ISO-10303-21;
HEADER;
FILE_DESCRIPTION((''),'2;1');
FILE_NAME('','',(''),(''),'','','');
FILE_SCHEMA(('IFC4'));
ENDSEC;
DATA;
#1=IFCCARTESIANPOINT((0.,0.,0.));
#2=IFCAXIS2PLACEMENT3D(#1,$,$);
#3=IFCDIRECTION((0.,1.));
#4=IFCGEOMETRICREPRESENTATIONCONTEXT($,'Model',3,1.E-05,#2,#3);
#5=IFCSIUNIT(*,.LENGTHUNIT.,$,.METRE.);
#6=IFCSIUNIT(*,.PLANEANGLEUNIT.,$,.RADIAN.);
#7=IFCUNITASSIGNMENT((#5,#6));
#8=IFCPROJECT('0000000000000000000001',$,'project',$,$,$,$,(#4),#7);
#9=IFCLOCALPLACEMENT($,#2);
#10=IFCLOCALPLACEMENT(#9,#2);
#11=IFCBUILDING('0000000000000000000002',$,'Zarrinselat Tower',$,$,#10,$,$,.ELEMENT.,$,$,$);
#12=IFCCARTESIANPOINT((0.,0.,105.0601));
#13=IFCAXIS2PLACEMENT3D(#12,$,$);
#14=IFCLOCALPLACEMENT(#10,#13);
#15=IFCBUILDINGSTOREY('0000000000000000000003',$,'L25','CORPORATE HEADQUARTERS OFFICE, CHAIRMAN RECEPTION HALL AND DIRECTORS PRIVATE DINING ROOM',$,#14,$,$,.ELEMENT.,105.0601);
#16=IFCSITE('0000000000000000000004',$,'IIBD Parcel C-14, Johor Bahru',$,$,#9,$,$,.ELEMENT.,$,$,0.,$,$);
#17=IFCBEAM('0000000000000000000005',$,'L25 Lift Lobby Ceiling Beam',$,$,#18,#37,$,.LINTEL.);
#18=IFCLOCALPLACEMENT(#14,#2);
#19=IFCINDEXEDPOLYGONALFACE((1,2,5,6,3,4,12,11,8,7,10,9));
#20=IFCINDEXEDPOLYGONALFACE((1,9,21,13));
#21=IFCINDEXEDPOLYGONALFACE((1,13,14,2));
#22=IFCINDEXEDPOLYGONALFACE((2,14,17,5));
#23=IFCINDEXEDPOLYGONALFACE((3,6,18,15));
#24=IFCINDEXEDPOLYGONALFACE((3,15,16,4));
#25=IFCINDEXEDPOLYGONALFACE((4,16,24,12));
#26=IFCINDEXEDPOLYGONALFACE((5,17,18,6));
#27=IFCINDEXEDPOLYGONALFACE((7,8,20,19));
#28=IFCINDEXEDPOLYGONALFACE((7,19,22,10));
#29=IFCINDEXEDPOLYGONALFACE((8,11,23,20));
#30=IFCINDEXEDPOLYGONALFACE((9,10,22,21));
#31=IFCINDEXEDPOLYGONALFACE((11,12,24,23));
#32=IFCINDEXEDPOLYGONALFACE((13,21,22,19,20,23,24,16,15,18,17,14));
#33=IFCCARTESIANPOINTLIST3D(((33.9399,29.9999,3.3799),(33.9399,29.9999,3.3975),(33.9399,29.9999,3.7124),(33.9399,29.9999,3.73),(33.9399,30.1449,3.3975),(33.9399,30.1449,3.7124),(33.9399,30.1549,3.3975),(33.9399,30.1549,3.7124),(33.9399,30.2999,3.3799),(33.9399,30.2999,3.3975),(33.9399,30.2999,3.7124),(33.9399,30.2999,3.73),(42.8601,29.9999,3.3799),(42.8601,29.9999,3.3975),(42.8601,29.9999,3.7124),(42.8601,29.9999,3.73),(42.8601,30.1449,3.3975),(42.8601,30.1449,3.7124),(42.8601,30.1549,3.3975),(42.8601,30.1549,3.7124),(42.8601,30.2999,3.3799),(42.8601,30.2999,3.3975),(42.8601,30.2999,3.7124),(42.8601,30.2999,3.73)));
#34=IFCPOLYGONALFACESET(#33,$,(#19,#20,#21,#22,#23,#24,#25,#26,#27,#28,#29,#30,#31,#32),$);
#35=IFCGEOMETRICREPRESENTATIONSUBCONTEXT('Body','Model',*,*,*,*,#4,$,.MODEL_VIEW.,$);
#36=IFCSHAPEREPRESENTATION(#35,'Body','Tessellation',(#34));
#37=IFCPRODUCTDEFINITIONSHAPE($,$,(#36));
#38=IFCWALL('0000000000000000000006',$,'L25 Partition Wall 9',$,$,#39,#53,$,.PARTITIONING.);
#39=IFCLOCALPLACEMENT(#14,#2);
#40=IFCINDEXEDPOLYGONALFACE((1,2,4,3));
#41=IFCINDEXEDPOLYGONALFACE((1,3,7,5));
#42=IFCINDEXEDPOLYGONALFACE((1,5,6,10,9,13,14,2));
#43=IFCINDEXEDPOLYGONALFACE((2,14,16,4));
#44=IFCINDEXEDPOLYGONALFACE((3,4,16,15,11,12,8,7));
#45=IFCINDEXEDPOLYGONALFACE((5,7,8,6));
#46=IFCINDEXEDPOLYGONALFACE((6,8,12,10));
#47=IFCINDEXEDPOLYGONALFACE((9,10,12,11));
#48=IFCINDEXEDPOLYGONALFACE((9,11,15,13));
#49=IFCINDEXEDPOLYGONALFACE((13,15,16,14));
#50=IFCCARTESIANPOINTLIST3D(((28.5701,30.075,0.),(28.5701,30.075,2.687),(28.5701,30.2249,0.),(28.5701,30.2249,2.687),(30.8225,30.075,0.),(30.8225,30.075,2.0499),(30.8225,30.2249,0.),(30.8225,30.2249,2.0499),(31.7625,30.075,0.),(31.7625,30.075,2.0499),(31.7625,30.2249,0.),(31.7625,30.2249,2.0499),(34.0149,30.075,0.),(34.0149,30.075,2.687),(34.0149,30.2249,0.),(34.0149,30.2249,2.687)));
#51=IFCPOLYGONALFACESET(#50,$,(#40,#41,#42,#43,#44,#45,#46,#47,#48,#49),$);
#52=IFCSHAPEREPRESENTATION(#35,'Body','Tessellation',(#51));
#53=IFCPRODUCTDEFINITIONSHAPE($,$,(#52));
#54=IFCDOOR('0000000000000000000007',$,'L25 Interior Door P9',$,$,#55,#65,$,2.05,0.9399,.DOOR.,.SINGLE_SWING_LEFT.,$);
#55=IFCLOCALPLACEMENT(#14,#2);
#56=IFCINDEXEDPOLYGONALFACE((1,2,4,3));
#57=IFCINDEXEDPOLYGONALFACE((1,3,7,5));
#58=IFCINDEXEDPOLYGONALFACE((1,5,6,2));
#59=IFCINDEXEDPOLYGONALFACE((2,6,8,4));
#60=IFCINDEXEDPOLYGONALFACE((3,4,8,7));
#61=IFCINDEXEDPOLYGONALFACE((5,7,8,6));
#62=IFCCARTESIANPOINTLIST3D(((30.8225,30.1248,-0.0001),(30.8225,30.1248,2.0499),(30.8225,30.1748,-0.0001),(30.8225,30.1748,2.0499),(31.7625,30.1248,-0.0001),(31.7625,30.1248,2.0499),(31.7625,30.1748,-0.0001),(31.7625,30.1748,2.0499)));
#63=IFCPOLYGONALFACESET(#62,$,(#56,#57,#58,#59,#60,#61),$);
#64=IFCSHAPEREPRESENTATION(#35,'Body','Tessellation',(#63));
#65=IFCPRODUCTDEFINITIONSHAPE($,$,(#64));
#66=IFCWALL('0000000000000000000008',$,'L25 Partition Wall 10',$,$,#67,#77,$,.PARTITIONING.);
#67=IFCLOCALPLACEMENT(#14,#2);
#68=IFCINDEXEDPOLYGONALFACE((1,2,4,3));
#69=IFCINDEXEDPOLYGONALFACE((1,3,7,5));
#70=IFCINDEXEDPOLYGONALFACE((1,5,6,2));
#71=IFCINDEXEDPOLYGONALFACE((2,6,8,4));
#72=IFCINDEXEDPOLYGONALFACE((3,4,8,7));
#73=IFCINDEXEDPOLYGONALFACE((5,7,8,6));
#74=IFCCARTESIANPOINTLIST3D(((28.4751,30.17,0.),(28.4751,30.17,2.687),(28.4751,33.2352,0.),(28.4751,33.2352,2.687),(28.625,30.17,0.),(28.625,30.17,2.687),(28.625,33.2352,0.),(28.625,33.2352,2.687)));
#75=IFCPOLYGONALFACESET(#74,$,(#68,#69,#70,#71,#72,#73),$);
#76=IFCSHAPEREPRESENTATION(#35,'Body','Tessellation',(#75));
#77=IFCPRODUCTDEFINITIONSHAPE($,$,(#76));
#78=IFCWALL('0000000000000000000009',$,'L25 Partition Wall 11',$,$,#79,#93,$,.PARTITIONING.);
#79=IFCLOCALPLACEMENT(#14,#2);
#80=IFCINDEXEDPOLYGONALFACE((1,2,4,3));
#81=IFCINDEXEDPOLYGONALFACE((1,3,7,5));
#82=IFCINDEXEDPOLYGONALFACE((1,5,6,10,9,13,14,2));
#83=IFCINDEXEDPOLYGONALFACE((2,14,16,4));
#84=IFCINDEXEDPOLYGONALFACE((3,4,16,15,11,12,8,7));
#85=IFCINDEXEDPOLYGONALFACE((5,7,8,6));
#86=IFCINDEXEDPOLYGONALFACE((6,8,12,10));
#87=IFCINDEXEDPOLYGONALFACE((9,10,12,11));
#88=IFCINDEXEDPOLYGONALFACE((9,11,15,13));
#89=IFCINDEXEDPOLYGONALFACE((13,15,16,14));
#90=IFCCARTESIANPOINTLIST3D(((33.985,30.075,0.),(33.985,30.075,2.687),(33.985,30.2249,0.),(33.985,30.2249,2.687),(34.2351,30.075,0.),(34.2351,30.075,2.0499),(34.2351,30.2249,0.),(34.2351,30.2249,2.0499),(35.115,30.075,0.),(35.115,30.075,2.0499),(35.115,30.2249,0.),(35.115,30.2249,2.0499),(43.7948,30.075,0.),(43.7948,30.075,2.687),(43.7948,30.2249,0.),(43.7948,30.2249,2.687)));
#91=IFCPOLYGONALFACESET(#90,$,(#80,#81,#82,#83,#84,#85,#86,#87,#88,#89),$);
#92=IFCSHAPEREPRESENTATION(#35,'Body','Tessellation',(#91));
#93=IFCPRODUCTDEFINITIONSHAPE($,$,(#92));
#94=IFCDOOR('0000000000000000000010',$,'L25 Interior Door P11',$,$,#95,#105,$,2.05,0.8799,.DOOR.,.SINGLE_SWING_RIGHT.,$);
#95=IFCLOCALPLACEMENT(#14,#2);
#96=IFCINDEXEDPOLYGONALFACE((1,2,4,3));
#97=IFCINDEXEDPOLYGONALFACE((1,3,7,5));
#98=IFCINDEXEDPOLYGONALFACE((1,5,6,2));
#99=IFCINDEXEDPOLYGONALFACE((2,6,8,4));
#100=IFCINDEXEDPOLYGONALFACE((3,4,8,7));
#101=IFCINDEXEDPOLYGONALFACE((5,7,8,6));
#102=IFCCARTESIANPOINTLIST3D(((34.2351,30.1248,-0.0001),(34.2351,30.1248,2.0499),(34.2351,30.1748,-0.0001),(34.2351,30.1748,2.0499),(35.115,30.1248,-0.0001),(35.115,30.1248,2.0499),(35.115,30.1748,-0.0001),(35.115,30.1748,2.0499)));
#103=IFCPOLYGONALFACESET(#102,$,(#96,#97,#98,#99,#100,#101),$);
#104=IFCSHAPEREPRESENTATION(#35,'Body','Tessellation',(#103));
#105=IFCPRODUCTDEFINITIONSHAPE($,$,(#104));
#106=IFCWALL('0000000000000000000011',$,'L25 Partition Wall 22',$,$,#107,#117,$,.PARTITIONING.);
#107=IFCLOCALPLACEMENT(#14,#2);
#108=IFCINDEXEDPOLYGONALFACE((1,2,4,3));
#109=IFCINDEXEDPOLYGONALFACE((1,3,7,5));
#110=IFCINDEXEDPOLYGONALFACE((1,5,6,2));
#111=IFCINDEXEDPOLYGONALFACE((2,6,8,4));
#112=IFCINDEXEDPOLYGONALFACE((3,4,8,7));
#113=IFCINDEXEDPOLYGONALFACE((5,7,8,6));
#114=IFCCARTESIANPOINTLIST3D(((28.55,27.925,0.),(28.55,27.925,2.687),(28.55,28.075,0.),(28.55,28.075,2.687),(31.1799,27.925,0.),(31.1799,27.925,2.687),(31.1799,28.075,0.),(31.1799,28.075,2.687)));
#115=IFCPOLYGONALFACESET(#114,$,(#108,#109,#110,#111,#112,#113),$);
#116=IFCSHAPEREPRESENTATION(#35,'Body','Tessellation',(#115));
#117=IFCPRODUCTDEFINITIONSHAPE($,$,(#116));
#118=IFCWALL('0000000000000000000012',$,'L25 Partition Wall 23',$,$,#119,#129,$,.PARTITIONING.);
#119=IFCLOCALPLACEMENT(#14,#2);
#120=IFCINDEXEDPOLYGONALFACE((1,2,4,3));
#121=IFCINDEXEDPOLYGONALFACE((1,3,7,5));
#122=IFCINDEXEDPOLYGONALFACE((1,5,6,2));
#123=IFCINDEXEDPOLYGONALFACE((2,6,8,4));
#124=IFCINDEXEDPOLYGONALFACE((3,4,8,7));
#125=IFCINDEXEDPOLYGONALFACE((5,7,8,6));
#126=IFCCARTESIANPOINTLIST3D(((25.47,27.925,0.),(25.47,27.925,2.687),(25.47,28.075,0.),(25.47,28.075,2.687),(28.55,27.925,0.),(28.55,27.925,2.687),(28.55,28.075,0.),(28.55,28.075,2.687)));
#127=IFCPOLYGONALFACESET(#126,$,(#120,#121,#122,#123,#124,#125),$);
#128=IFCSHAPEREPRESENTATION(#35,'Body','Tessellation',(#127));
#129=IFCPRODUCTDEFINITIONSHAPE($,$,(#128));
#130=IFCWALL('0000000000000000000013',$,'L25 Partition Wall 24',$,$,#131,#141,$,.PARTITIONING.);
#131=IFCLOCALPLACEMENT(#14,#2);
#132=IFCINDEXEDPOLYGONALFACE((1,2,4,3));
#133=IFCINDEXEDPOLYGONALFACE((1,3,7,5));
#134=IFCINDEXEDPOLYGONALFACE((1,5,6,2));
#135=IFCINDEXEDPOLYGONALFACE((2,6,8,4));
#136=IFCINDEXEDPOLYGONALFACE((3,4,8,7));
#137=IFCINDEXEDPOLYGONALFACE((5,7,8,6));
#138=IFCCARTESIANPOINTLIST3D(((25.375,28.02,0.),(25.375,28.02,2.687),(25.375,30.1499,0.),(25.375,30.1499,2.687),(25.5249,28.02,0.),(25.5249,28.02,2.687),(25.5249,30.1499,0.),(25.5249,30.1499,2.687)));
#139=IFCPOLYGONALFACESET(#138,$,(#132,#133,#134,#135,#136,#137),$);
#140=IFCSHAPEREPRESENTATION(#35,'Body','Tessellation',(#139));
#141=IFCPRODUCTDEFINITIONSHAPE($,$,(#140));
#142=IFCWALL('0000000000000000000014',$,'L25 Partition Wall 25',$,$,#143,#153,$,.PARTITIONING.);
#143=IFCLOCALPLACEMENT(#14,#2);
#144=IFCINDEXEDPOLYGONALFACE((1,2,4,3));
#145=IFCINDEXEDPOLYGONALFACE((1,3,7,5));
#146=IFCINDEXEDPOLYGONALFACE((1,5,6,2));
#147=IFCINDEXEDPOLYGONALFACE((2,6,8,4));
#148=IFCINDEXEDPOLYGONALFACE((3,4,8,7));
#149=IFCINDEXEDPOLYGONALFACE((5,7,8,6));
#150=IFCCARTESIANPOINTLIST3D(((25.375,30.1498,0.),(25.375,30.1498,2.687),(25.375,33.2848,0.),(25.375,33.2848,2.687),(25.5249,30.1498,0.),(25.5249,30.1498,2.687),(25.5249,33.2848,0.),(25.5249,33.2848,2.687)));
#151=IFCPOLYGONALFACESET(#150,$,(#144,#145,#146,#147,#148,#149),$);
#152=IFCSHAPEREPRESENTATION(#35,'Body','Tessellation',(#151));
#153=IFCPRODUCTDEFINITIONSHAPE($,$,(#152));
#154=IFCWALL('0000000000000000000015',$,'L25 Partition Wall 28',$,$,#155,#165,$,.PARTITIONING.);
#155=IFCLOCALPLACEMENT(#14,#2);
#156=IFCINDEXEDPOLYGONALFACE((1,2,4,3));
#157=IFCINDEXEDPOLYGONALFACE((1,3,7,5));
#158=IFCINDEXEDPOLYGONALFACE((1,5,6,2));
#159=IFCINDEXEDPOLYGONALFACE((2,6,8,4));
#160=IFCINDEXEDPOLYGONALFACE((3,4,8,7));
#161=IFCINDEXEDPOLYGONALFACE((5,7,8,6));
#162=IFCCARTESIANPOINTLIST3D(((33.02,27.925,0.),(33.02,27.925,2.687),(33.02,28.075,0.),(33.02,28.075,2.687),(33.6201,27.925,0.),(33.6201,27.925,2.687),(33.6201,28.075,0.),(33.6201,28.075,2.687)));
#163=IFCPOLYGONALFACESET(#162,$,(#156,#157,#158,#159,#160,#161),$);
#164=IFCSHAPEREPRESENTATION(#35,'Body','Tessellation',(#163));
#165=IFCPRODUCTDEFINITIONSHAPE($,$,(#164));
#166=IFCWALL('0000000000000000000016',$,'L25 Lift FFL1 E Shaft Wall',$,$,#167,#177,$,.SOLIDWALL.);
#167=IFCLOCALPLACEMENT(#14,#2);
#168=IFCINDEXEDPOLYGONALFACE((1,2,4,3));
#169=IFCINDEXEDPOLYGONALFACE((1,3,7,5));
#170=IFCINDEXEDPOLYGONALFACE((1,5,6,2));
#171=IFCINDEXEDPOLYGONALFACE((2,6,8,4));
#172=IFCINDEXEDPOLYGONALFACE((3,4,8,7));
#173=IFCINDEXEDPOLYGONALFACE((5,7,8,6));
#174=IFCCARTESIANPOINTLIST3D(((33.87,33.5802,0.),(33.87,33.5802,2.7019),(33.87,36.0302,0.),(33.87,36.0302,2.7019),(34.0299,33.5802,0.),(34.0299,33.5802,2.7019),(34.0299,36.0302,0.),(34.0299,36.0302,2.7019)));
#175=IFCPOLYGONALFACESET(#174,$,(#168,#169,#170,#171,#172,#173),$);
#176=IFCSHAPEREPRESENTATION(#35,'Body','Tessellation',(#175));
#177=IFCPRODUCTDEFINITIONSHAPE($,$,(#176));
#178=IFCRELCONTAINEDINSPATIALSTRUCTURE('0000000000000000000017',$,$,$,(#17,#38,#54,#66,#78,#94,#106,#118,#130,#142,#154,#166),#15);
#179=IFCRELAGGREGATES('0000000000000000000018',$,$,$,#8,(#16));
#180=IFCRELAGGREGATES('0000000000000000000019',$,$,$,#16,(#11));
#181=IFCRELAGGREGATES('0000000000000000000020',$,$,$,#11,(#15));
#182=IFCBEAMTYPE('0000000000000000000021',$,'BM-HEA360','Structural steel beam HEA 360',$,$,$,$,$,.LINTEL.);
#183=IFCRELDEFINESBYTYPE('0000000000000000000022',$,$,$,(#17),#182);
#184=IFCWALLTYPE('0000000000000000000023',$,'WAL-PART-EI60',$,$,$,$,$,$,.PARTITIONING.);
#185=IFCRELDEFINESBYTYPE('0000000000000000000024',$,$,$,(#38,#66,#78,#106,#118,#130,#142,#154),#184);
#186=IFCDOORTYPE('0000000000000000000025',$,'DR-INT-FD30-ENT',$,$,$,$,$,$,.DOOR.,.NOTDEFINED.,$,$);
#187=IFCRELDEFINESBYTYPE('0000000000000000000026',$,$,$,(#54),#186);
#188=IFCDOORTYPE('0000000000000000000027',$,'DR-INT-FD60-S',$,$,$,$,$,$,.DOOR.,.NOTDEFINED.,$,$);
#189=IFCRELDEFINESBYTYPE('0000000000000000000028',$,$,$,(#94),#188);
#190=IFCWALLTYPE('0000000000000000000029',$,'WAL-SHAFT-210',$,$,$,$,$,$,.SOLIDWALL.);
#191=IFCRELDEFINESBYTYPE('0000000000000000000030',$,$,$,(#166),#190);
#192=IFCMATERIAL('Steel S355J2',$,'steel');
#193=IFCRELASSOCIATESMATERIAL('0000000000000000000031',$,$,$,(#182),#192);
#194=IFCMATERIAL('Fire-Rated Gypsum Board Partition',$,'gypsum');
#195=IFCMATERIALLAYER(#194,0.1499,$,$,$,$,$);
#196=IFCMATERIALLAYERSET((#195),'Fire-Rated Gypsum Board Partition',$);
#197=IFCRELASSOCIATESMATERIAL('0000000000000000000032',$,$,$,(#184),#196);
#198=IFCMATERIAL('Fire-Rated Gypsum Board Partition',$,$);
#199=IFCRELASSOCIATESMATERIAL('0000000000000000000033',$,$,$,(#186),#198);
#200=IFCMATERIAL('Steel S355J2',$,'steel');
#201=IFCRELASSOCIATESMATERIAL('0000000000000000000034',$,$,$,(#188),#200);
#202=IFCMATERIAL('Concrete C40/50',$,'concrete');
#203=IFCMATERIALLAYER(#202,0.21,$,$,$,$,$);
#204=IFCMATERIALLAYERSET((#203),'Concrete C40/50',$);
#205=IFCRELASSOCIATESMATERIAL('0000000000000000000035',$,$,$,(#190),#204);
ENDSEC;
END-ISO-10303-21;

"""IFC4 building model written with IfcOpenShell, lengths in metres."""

from ifc_helpers import new_model, si_unit, direction, frame, frame_2d, origin, origin_2d, place, context, subcontext, project, spatial, rectangle, i_section, extrude, material, layer, layer_set, material_profile, profile_set, type_object, element, fill, save


model = new_model("IFC4")

# Units and contexts
model_context = context("Model", 3, precision=1e-05, world=origin(), true_north=direction((0.0, 1.0)))
body_context = subcontext(model_context, "Body", "Model", "MODEL_VIEW")
ifc_project = project(units=[si_unit("LENGTHUNIT", "METRE"), si_unit("PLANEANGLEUNIT", "RADIAN")], contexts=[model_context])

# Site, building, storey
site_placement = place(None, origin())
site = spatial("IfcSite", under=ifc_project, at=site_placement, Name="IIBD Parcel C-14, Johor Bahru", CompositionType="ELEMENT", RefElevation=0.0)
building_placement = place(site_placement, origin())
building = spatial("IfcBuilding", under=site, at=building_placement, Name="Zarrinselat Tower", CompositionType="ELEMENT")
storey_placement = place(building_placement, frame((0.0, 0.0, 105.0601)))
storey = spatial("IfcBuildingStorey", under=building, at=storey_placement, Name="L25", Description="CORPORATE HEADQUARTERS OFFICE, CHAIRMAN RECEPTION HALL AND DIRECTORS PRIVATE DINING ROOM", CompositionType="ELEMENT", Elevation=105.0601)

# Beam
ifc_material_1 = material(Name="Steel S355J2", Category="steel")
ifc_material_profile = material_profile(ifc_material_1, i_section(OverallWidth=0.3, OverallDepth=0.3501, WebThickness=0.01, FlangeThickness=0.0176, at=origin_2d()), Name="HEA 360")
ifc_profile_set = profile_set([ifc_material_profile], Name="Steel S355J2")
beam_type = type_object("IfcBeamType", Name="BM-HEA360", Description="Structural steel beam HEA 360", PredefinedType="LINTEL", material=ifc_profile_set)
beam_placement = place(storey_placement, frame((33.9399, 30.1499, 3.5549), z_axis=(1.0, 0.0, 0.0), x_axis=(0.0, 1.0, 0.0)))
element("IfcBeam", 1, at=beam_placement, inside=storey, type_object=beam_type, Name="L25 Lift Lobby Ceiling Beam", PredefinedType="LINTEL", context=body_context, shape_type="SweptSolid", body=[
    extrude(i_section(OverallWidth=0.3, OverallDepth=0.3501, WebThickness=0.01, FlangeThickness=0.0176, at=origin_2d()), origin(), (0.0, 0.0, 1.0), 8.9202),
])

# Wall, opening, door
ifc_material_2 = material(Name="Fire-Rated Gypsum Board Partition", Category="gypsum")
ifc_layer_1 = layer(ifc_material_2, 0.1499)
ifc_layer_set_1 = layer_set([ifc_layer_1], Name="Fire-Rated Gypsum Board Partition")
wall_type_1 = type_object("IfcWallType", Name="WAL-PART-EI60", PredefinedType="PARTITIONING", material=ifc_layer_set_1)
wall_1_placement = place(storey_placement, frame((28.5701, 30.1499, 0.0), z_axis=(0.0, 0.0, 1.0), x_axis=(1.0, 0.0, 0.0)))
wall_1 = element("IfcWall", 2, at=wall_1_placement, inside=storey, type_object=wall_type_1, Name="L25 Partition Wall 9", PredefinedType="PARTITIONING", context=body_context, shape_type="SweptSolid", body=[
    extrude(rectangle(XDim=5.4448, YDim=0.1499, at=frame_2d((2.7224, 0.0))), origin(), (0.0, 0.0, 1.0), 2.687),
])
opening_1_placement = place(wall_1_placement, frame((2.2524, 0.0, 0.0)))
opening_1 = element("IfcOpeningElement", 3, at=opening_1_placement, cuts=wall_1, PredefinedType="OPENING", context=body_context, shape_type="SweptSolid", body=[
    extrude(rectangle(XDim=0.9399, YDim=2.05, at=frame_2d((0.47, 1.0249))), frame((0.0, 0.085, 0.0), z_axis=(0.0, -1.0, 0.0), x_axis=(1.0, 0.0, 0.0)), (0.0, 0.0, 1.0), 0.1699),
])
ifc_material_3 = material(Name="Fire-Rated Gypsum Board Partition")
door_type_1 = type_object("IfcDoorType", Name="DR-INT-FD30-ENT", OperationType="NOTDEFINED", PredefinedType="DOOR", material=ifc_material_3)
door_1_placement = place(opening_1_placement, origin())
door_1 = element("IfcDoor", 4, at=door_1_placement, inside=storey, type_object=door_type_1, Name="L25 Interior Door P9", OperationType="SINGLE_SWING_LEFT", OverallHeight=2.05, OverallWidth=0.9399, PredefinedType="DOOR", context=body_context, shape_type="SweptSolid", body=[
    extrude(rectangle(XDim=0.9399, YDim=2.05, at=frame_2d((0.47, 1.0249))), frame((0.0, 0.0249, 0.0), z_axis=(0.0, -1.0, 0.0), x_axis=(1.0, 0.0, 0.0)), (0.0, 0.0, 1.0), 0.05),
])
fill(opening_1, door_1)

# Wall
wall_2_placement = place(storey_placement, frame((28.55, 30.1699, 0.0), z_axis=(0.0, 0.0, 1.0), x_axis=(0.0, 1.0, 0.0)))
element("IfcWall", 5, at=wall_2_placement, inside=storey, type_object=wall_type_1, Name="L25 Partition Wall 10", PredefinedType="PARTITIONING", context=body_context, shape_type="SweptSolid", body=[
    extrude(rectangle(XDim=3.0652, YDim=0.1499, at=frame_2d((1.5327, 0.0))), origin(), (0.0, 0.0, 1.0), 2.687),
])

# Wall, opening, door
wall_3_placement = place(storey_placement, frame((33.9851, 30.1499, 0.0), z_axis=(0.0, 0.0, 1.0), x_axis=(1.0, 0.0, 0.0)))
wall_3 = element("IfcWall", 6, at=wall_3_placement, inside=storey, type_object=wall_type_1, Name="L25 Partition Wall 11", PredefinedType="PARTITIONING", context=body_context, shape_type="SweptSolid", body=[
    extrude(rectangle(XDim=9.8098, YDim=0.1499, at=frame_2d((4.9048, 0.0))), origin(), (0.0, 0.0, 1.0), 2.687),
])
opening_2_placement = place(wall_3_placement, frame((0.25, 0.0, 0.0)))
opening_2 = element("IfcOpeningElement", 7, at=opening_2_placement, cuts=wall_3, PredefinedType="OPENING", context=body_context, shape_type="SweptSolid", body=[
    extrude(rectangle(XDim=0.8799, YDim=2.05, at=frame_2d((0.4399, 1.0249))), frame((0.0, 0.085, 0.0), z_axis=(0.0, -1.0, 0.0), x_axis=(1.0, 0.0, 0.0)), (0.0, 0.0, 1.0), 0.1699),
])
ifc_material_4 = material(Name="Steel S355J2", Category="steel")
door_type_2 = type_object("IfcDoorType", Name="DR-INT-FD60-S", OperationType="NOTDEFINED", PredefinedType="DOOR", material=ifc_material_4)
door_2_placement = place(opening_2_placement, origin())
door_2 = element("IfcDoor", 8, at=door_2_placement, inside=storey, type_object=door_type_2, Name="L25 Interior Door P11", OperationType="SINGLE_SWING_RIGHT", OverallHeight=2.05, OverallWidth=0.8799, PredefinedType="DOOR", context=body_context, shape_type="SweptSolid", body=[
    extrude(rectangle(XDim=0.8799, YDim=2.05, at=frame_2d((0.4399, 1.0249))), frame((0.0, 0.0249, 0.0), z_axis=(0.0, -1.0, 0.0), x_axis=(1.0, 0.0, 0.0)), (0.0, 0.0, 1.0), 0.05),
])
fill(opening_2, door_2)

# Walls
wall_4_placement = place(storey_placement, frame((28.55, 28.0, 0.0), z_axis=(0.0, 0.0, 1.0), x_axis=(1.0, 0.0, 0.0)))
element("IfcWall", 9, at=wall_4_placement, inside=storey, type_object=wall_type_1, Name="L25 Partition Wall 22", PredefinedType="PARTITIONING", context=body_context, shape_type="SweptSolid", body=[
    extrude(rectangle(XDim=2.6299, YDim=0.1499, at=frame_2d((1.3149, 0.0))), origin(), (0.0, 0.0, 1.0), 2.687),
])
wall_5_placement = place(storey_placement, frame((25.47, 28.0, 0.0), z_axis=(0.0, 0.0, 1.0), x_axis=(1.0, 0.0, 0.0)))
element("IfcWall", 10, at=wall_5_placement, inside=storey, type_object=wall_type_1, Name="L25 Partition Wall 23", PredefinedType="PARTITIONING", context=body_context, shape_type="SweptSolid", body=[
    extrude(rectangle(XDim=3.0801, YDim=0.1499, at=frame_2d((1.54, 0.0))), origin(), (0.0, 0.0, 1.0), 2.687),
])
wall_6_placement = place(storey_placement, frame((25.45, 28.02, 0.0), z_axis=(0.0, 0.0, 1.0), x_axis=(0.0, 1.0, 0.0)))
element("IfcWall", 11, at=wall_6_placement, inside=storey, type_object=wall_type_1, Name="L25 Partition Wall 24", PredefinedType="PARTITIONING", context=body_context, shape_type="SweptSolid", body=[
    extrude(rectangle(XDim=2.1299, YDim=0.1499, at=frame_2d((1.0649, 0.0))), origin(), (0.0, 0.0, 1.0), 2.687),
])
wall_7_placement = place(storey_placement, frame((25.45, 30.1499, 0.0), z_axis=(0.0, 0.0, 1.0), x_axis=(0.0, 1.0, 0.0)))
element("IfcWall", 12, at=wall_7_placement, inside=storey, type_object=wall_type_1, Name="L25 Partition Wall 25", PredefinedType="PARTITIONING", context=body_context, shape_type="SweptSolid", body=[
    extrude(rectangle(XDim=3.135, YDim=0.1499, at=frame_2d((1.5674, 0.0))), origin(), (0.0, 0.0, 1.0), 2.687),
])
wall_8_placement = place(storey_placement, frame((33.02, 28.0, 0.0), z_axis=(0.0, 0.0, 1.0), x_axis=(1.0, 0.0, 0.0)))
element("IfcWall", 13, at=wall_8_placement, inside=storey, type_object=wall_type_1, Name="L25 Partition Wall 28", PredefinedType="PARTITIONING", context=body_context, shape_type="SweptSolid", body=[
    extrude(rectangle(XDim=0.6001, YDim=0.1499, at=frame_2d((0.3, 0.0))), origin(), (0.0, 0.0, 1.0), 2.687),
])
ifc_material_5 = material(Name="Concrete C40/50", Category="concrete")
ifc_layer_2 = layer(ifc_material_5, 0.21)
ifc_layer_set_2 = layer_set([ifc_layer_2], Name="Concrete C40/50")
wall_type_2 = type_object("IfcWallType", Name="WAL-SHAFT-210", PredefinedType="SOLIDWALL", material=ifc_layer_set_2)
wall_9_placement = place(storey_placement, frame((33.95, 33.5801, 0.0), z_axis=(0.0, 0.0, 1.0), x_axis=(0.0, 1.0, 0.0)))
element("IfcWall", 14, at=wall_9_placement, inside=storey, type_object=wall_type_2, Name="L25 Lift FFL1 E Shaft Wall", PredefinedType="SOLIDWALL", context=body_context, shape_type="SweptSolid", body=[
    extrude(rectangle(XDim=2.45, YDim=0.1599, at=frame_2d((1.2251, 0.0))), origin(), (0.0, 0.0, 1.0), 2.7019),
])

save(model, "model.ifc")
